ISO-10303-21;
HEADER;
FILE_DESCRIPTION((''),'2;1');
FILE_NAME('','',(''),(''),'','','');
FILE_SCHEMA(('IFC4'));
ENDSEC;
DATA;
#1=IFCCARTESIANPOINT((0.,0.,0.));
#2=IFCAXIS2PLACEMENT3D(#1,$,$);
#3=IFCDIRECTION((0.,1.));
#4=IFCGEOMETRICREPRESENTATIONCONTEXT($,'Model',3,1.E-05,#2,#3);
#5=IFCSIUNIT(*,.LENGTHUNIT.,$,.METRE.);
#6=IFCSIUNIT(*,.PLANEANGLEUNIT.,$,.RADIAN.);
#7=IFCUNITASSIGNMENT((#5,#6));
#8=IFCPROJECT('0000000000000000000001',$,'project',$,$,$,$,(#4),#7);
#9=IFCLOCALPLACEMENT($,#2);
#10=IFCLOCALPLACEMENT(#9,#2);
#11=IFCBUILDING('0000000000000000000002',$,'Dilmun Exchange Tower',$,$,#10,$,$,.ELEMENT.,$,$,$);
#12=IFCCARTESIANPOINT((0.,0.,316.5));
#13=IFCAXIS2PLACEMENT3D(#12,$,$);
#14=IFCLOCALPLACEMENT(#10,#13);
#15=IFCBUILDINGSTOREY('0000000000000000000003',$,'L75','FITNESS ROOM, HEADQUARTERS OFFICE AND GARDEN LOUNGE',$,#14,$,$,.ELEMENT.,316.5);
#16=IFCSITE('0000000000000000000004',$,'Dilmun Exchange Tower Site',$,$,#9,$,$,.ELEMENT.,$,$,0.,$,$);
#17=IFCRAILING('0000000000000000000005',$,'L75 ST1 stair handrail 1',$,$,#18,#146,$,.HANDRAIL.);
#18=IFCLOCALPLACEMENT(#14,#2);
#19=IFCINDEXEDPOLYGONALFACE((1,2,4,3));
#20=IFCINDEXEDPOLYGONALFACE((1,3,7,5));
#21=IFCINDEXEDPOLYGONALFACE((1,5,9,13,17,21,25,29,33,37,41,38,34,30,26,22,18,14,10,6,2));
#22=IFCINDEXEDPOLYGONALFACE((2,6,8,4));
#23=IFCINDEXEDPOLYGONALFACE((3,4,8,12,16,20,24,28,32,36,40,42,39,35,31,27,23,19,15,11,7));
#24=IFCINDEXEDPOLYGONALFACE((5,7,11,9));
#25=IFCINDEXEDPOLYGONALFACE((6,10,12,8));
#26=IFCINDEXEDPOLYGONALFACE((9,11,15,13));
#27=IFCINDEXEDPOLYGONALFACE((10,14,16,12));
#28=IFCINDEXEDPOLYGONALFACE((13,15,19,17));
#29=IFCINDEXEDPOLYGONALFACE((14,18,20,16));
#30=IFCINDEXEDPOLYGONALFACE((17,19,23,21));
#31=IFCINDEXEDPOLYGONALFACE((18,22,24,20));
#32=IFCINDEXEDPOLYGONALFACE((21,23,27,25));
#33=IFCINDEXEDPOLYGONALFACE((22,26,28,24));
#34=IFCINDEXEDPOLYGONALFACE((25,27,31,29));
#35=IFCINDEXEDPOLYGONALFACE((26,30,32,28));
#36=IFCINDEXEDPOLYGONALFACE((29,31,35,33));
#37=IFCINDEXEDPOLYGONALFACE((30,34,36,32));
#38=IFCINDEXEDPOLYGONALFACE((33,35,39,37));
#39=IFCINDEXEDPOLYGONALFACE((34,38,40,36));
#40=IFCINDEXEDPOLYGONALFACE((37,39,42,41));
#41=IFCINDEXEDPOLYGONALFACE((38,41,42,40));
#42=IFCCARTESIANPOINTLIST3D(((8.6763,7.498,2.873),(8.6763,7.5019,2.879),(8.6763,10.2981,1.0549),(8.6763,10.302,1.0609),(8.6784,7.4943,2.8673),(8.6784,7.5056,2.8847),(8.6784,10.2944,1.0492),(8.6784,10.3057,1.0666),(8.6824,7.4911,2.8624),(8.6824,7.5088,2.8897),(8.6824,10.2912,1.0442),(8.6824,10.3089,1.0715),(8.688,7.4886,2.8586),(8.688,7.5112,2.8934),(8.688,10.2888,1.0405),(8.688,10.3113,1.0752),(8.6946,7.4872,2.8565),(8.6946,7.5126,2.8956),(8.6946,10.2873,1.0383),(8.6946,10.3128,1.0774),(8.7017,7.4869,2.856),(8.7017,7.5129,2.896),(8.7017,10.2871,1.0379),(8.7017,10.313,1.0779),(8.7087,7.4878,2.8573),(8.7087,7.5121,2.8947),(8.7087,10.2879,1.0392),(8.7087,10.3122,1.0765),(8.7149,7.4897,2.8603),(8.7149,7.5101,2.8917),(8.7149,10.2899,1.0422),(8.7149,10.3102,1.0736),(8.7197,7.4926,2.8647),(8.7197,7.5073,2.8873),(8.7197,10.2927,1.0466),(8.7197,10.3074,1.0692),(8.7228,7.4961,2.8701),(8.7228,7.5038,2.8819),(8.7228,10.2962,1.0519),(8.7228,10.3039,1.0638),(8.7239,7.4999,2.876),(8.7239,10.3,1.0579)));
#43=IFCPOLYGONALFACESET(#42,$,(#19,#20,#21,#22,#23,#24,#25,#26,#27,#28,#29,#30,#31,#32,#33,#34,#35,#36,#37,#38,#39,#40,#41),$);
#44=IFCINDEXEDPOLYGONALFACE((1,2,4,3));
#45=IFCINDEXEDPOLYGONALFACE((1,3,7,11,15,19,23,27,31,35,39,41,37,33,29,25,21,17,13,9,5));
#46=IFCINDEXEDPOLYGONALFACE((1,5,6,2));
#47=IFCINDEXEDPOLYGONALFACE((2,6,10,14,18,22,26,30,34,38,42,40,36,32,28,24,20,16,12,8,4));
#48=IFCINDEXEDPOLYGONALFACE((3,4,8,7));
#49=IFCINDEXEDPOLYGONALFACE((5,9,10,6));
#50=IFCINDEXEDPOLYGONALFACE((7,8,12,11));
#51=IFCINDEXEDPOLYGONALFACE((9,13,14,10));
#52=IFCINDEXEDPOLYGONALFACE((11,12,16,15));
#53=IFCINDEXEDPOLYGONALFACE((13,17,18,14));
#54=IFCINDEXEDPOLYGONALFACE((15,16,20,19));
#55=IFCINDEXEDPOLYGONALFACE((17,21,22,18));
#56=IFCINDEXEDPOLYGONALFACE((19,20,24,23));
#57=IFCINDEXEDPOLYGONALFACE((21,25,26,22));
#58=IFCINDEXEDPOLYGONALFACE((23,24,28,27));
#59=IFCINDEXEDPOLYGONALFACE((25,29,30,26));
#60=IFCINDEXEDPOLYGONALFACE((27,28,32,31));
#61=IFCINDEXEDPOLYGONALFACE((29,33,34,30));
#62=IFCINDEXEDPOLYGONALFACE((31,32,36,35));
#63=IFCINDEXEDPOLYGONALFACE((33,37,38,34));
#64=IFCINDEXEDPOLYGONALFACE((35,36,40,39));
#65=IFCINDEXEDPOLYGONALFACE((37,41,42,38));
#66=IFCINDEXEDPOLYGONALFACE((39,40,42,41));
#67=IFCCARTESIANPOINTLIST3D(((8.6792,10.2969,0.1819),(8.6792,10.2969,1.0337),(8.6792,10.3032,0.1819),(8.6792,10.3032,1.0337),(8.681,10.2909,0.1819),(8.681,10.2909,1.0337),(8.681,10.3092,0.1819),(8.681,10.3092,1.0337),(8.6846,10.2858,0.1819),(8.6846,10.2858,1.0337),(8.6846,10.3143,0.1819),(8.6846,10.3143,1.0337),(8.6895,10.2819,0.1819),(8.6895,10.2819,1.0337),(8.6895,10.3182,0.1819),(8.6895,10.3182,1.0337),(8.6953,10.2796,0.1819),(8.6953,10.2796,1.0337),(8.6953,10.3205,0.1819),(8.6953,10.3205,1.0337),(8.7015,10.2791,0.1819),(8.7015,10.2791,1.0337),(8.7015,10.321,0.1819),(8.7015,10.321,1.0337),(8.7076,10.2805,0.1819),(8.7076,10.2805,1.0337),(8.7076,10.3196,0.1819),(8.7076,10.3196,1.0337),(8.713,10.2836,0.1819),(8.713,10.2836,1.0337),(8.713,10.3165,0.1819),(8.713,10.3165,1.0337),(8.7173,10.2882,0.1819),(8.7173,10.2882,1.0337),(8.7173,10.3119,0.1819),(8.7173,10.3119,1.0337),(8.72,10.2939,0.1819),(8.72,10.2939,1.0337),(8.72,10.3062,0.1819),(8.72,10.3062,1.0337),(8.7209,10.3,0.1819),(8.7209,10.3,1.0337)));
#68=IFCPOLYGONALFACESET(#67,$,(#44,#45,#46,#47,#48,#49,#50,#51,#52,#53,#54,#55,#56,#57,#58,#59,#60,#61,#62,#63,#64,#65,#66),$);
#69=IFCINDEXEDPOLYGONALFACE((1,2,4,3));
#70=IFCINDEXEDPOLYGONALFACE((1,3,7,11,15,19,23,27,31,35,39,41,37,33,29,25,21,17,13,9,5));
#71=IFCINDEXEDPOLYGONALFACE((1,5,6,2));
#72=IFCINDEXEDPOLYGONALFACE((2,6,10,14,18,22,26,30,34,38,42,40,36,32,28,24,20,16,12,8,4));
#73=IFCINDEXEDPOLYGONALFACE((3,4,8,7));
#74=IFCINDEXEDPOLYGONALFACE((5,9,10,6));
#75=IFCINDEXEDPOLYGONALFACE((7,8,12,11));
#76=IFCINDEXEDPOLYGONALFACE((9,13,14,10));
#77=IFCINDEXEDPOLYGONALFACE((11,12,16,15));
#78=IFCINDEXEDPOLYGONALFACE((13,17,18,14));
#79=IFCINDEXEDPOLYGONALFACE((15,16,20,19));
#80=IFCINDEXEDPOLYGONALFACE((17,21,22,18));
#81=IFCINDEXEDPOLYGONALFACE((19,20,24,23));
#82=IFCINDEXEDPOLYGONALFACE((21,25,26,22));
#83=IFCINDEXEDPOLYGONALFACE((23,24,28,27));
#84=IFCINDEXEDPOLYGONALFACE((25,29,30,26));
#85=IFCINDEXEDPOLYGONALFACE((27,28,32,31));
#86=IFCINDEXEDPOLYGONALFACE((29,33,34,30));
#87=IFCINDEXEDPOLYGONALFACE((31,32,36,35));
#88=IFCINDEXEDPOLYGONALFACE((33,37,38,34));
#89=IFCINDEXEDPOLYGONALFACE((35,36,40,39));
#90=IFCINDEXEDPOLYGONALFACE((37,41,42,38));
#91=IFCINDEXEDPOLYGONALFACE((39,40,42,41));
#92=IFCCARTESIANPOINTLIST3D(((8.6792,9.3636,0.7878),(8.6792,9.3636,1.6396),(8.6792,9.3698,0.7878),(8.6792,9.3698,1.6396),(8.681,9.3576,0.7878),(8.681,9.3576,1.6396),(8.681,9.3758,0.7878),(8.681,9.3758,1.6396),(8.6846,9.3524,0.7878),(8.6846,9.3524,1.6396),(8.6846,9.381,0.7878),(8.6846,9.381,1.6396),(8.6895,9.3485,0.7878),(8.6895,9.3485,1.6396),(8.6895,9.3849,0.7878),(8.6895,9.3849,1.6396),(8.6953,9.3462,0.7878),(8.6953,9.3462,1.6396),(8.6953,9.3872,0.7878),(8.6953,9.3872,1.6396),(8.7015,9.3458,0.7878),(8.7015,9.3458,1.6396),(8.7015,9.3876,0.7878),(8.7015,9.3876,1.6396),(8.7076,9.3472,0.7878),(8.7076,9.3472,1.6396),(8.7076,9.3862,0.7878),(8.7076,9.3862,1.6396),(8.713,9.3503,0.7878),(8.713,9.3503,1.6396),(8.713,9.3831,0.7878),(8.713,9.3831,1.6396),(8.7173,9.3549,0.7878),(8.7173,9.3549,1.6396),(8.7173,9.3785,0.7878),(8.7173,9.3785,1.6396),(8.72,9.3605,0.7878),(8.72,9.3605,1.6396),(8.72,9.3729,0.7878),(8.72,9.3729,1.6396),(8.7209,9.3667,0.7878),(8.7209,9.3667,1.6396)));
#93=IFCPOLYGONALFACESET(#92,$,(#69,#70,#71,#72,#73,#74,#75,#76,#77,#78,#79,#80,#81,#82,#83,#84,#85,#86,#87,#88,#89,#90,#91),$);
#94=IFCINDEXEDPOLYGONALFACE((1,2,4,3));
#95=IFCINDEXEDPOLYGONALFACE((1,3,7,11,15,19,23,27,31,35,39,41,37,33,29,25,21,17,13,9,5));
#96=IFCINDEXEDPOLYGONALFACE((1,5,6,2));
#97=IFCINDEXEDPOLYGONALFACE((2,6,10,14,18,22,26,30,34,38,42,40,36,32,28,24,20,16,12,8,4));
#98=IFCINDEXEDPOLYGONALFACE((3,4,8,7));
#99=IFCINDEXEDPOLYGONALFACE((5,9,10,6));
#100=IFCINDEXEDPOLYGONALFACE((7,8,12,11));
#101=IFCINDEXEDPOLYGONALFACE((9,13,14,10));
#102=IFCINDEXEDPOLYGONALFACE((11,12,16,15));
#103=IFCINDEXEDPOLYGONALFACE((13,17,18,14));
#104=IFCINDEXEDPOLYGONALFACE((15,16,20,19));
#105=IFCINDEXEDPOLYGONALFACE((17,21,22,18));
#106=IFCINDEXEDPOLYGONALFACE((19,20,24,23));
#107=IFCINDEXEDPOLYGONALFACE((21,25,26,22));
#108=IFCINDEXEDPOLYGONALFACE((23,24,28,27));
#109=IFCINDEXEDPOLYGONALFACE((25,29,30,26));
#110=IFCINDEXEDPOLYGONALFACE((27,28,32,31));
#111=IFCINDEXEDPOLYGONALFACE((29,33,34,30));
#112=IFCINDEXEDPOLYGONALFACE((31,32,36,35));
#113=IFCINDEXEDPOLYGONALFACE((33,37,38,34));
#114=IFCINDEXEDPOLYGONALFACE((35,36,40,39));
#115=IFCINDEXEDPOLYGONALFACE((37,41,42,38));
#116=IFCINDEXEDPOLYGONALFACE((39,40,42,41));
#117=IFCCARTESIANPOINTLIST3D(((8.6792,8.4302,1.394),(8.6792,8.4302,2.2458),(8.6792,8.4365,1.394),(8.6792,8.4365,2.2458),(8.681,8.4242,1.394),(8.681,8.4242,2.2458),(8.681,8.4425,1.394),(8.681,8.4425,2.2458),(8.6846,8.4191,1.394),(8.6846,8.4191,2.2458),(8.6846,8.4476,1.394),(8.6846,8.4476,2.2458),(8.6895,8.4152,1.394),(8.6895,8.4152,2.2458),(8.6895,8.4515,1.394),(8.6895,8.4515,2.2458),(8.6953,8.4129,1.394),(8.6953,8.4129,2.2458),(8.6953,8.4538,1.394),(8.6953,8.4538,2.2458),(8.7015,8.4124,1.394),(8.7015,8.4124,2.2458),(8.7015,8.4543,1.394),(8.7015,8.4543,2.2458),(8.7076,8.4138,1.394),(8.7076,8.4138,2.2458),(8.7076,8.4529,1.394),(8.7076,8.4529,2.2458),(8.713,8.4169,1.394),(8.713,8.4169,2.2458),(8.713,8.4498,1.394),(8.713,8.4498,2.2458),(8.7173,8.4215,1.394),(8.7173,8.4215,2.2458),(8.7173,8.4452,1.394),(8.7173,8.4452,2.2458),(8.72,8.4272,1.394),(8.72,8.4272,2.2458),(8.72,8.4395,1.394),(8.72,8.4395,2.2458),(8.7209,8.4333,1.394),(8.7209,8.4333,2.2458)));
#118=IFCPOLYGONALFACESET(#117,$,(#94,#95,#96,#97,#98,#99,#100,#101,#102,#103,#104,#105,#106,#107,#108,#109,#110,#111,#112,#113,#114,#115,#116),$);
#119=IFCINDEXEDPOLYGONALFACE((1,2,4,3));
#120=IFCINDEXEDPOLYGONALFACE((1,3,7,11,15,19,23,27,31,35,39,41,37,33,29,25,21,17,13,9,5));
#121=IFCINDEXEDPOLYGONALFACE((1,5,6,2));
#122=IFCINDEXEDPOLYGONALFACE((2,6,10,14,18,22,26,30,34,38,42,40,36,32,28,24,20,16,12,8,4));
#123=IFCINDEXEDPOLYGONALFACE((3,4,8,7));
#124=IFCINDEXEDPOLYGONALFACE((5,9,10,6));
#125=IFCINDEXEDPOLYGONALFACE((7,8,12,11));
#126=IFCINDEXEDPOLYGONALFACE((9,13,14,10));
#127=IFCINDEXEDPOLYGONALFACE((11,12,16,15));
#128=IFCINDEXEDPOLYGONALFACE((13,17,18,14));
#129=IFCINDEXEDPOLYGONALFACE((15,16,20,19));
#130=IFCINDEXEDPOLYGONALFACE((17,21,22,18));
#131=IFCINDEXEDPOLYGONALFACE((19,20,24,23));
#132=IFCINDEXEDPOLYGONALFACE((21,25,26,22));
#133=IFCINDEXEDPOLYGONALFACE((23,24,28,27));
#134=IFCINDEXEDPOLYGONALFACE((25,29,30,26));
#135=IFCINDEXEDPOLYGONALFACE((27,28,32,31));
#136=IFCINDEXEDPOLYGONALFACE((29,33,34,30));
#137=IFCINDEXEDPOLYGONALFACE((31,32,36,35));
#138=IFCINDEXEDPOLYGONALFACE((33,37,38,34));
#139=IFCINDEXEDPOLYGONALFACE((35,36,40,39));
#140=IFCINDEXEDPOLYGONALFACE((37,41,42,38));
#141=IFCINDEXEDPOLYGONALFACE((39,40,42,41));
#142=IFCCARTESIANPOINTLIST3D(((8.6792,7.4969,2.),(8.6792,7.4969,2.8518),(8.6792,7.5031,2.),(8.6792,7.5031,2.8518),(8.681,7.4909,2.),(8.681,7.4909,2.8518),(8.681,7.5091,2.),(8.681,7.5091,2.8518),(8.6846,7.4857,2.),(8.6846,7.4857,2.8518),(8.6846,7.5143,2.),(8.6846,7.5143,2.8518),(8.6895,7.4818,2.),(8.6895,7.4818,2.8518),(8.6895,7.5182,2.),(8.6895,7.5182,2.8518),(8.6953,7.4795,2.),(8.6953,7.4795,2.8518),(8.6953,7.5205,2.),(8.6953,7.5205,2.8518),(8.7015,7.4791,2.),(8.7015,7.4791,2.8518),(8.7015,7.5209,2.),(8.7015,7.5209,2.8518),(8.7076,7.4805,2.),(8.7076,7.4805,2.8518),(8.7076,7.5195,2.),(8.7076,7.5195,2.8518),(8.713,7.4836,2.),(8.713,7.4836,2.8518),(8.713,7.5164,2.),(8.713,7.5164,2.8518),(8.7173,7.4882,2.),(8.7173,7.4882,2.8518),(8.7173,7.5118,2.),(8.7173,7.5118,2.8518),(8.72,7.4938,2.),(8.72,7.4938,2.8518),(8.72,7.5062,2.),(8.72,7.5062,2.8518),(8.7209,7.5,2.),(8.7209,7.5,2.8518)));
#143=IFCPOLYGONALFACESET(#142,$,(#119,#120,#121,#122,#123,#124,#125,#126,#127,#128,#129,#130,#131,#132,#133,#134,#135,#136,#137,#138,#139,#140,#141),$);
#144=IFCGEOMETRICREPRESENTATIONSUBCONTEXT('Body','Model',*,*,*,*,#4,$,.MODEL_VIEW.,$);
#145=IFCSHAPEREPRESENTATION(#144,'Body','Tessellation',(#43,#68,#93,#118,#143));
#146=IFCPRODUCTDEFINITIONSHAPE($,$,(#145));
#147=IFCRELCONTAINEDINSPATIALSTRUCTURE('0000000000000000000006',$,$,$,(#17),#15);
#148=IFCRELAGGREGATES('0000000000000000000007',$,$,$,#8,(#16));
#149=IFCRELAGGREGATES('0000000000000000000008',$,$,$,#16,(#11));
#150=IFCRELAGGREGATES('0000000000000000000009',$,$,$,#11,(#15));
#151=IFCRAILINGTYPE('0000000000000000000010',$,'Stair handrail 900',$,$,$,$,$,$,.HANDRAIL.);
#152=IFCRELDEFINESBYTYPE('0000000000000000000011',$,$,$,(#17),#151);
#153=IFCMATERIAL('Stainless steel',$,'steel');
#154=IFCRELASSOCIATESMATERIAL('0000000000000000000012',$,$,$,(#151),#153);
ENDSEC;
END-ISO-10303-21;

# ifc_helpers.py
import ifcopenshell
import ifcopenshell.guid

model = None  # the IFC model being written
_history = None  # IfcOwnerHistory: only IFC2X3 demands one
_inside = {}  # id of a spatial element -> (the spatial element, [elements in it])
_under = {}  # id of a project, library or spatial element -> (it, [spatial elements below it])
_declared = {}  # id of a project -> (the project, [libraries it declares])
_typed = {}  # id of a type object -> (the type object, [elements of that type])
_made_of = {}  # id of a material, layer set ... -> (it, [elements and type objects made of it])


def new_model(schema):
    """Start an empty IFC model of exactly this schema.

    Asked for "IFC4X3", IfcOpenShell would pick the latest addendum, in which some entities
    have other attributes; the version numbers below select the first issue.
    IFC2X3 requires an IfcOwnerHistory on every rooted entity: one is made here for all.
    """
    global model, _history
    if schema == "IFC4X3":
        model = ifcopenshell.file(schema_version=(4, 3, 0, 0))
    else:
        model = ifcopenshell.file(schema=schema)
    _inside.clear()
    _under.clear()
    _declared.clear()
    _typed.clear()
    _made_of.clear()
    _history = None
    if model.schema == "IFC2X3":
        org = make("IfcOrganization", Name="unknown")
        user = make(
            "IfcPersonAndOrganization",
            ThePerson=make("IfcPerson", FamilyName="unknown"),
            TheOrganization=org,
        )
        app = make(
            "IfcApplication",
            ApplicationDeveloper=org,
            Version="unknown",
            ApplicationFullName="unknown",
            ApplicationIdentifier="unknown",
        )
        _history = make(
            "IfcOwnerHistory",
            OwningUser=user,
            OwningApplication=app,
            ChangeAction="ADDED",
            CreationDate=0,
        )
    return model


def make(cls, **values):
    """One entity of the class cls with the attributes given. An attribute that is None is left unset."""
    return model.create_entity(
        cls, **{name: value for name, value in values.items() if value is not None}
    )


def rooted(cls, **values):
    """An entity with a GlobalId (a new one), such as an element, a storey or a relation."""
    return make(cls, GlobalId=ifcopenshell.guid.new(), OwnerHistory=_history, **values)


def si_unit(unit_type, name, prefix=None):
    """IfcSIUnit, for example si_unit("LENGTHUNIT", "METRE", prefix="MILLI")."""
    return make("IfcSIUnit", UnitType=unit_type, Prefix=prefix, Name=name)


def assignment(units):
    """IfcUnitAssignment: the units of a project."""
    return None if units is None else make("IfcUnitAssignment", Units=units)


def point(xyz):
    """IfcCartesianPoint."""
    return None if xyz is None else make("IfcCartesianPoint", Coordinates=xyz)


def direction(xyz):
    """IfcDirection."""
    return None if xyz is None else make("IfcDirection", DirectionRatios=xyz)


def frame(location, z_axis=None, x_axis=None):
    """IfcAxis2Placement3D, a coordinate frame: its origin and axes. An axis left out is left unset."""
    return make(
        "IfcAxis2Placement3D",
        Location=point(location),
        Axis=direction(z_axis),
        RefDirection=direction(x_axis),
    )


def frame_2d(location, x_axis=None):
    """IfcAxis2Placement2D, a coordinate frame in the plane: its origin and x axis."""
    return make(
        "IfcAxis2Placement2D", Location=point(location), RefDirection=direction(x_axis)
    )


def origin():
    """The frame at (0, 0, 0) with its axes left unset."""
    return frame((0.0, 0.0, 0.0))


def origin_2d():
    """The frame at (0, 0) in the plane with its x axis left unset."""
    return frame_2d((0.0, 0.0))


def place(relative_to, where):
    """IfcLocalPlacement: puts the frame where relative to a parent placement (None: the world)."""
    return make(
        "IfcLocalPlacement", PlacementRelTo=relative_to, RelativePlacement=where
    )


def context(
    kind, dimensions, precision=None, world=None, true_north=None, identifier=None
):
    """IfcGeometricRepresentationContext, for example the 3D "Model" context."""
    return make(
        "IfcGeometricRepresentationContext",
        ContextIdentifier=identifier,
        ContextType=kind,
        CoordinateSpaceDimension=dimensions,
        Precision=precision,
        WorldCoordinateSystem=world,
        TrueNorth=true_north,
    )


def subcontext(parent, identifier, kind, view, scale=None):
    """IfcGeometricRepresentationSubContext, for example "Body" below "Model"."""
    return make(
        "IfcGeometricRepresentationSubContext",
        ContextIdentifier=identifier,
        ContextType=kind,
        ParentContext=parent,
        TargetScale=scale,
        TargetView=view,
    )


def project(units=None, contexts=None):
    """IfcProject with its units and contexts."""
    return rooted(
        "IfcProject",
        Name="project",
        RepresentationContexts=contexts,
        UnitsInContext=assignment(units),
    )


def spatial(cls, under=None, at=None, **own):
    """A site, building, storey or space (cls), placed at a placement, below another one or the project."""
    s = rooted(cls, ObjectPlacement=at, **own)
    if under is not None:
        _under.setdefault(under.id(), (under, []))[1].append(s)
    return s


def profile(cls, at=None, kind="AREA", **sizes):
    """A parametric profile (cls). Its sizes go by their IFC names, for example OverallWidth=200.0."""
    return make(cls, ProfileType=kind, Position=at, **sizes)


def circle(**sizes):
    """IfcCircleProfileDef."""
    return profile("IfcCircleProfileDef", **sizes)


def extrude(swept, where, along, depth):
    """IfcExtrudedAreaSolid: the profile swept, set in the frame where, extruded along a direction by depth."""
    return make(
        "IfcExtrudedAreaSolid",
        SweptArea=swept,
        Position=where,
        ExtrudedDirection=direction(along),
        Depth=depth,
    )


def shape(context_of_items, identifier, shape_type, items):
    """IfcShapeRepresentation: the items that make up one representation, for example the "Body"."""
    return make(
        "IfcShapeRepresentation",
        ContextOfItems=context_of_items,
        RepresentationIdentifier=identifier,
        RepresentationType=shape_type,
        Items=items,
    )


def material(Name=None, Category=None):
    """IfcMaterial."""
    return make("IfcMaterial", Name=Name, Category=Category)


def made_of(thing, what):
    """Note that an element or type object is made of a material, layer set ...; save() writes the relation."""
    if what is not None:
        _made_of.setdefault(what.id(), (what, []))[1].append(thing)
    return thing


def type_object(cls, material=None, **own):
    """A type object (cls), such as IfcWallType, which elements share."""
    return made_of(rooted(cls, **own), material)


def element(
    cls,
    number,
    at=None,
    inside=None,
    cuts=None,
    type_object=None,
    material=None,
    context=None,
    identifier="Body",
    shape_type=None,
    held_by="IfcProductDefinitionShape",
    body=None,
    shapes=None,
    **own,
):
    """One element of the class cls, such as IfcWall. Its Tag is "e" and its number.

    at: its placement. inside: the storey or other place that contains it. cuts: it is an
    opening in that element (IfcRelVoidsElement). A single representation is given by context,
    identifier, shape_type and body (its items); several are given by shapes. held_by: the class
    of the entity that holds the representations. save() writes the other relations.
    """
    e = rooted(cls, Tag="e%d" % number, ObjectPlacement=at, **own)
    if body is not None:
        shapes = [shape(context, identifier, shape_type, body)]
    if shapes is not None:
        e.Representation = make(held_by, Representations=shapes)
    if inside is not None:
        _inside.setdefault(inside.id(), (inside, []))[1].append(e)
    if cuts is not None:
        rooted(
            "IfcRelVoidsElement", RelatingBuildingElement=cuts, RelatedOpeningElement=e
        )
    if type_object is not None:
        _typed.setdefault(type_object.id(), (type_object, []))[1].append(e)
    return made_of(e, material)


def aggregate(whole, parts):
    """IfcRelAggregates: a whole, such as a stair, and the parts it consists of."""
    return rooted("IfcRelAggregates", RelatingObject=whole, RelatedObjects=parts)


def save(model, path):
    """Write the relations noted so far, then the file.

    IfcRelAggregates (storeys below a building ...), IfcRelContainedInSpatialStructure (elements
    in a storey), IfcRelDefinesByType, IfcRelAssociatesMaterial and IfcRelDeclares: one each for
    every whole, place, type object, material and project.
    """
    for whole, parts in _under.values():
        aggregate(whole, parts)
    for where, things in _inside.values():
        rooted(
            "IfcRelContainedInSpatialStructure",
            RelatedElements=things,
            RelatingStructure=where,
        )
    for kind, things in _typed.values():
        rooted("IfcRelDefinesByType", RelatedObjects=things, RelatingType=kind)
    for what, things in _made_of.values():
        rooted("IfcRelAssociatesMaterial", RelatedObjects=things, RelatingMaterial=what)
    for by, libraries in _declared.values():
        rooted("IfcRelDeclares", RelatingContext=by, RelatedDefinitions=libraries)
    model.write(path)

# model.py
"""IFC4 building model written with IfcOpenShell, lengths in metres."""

from ifc_helpers import new_model, si_unit, direction, frame, origin, origin_2d, place, context, subcontext, project, spatial, circle, extrude, material, type_object, element, save


model = new_model("IFC4")

# Units and contexts
model_context = context("Model", 3, precision=1e-05, world=origin(), true_north=direction((0.0, 1.0)))
body_context = subcontext(model_context, "Body", "Model", "MODEL_VIEW")
ifc_project = project(units=[si_unit("LENGTHUNIT", "METRE"), si_unit("PLANEANGLEUNIT", "RADIAN")], contexts=[model_context])

# Site, building, storey
site_placement = place(None, origin())
site = spatial("IfcSite", under=ifc_project, at=site_placement, Name="Dilmun Exchange Tower Site", CompositionType="ELEMENT", RefElevation=0.0)
building_placement = place(site_placement, origin())
building = spatial("IfcBuilding", under=site, at=building_placement, Name="Dilmun Exchange Tower", CompositionType="ELEMENT")
storey_placement = place(building_placement, frame((0.0, 0.0, 316.5)))
storey = spatial("IfcBuildingStorey", under=building, at=storey_placement, Name="L75", Description="FITNESS ROOM, HEADQUARTERS OFFICE AND GARDEN LOUNGE", CompositionType="ELEMENT", Elevation=316.5)

# Railing
ifc_material_1 = material(Name="Stainless steel", Category="steel")
railing_type = type_object("IfcRailingType", Name="Stair handrail 900", PredefinedType="HANDRAIL", material=ifc_material_1)
railing_1_placement = place(storey_placement, frame((8.7, 10.3, 0.1819)))
element("IfcRailing", 1, at=railing_1_placement, inside=storey, type_object=railing_type, Name="L75 ST1 stair handrail 1", PredefinedType="HANDRAIL", context=body_context, shape_type="SweptSolid", body=[
    extrude(circle(Radius=0.0239, at=origin_2d()), frame((0.0, 0.0, 0.876), z_axis=(0.0, -0.838706, 0.544585), x_axis=(1.0, 0.0, 0.0)), (0.0, 0.0, 1.0), 3.3386),
    extrude(circle(Radius=0.021, at=origin_2d()), origin(), (0.0, 0.0, 1.0), 0.8518),
    extrude(circle(Radius=0.021, at=origin_2d()), frame((0.0, -0.9333, 0.606)), (0.0, 0.0, 1.0), 0.8518),
    extrude(circle(Radius=0.021, at=origin_2d()), frame((0.0, -1.8667, 1.2122)), (0.0, 0.0, 1.0), 0.8518),
    extrude(circle(Radius=0.021, at=origin_2d()), frame((0.0, -2.8, 1.8181)), (0.0, 0.0, 1.0), 0.8518),
])

save(model, "model.ifc")
